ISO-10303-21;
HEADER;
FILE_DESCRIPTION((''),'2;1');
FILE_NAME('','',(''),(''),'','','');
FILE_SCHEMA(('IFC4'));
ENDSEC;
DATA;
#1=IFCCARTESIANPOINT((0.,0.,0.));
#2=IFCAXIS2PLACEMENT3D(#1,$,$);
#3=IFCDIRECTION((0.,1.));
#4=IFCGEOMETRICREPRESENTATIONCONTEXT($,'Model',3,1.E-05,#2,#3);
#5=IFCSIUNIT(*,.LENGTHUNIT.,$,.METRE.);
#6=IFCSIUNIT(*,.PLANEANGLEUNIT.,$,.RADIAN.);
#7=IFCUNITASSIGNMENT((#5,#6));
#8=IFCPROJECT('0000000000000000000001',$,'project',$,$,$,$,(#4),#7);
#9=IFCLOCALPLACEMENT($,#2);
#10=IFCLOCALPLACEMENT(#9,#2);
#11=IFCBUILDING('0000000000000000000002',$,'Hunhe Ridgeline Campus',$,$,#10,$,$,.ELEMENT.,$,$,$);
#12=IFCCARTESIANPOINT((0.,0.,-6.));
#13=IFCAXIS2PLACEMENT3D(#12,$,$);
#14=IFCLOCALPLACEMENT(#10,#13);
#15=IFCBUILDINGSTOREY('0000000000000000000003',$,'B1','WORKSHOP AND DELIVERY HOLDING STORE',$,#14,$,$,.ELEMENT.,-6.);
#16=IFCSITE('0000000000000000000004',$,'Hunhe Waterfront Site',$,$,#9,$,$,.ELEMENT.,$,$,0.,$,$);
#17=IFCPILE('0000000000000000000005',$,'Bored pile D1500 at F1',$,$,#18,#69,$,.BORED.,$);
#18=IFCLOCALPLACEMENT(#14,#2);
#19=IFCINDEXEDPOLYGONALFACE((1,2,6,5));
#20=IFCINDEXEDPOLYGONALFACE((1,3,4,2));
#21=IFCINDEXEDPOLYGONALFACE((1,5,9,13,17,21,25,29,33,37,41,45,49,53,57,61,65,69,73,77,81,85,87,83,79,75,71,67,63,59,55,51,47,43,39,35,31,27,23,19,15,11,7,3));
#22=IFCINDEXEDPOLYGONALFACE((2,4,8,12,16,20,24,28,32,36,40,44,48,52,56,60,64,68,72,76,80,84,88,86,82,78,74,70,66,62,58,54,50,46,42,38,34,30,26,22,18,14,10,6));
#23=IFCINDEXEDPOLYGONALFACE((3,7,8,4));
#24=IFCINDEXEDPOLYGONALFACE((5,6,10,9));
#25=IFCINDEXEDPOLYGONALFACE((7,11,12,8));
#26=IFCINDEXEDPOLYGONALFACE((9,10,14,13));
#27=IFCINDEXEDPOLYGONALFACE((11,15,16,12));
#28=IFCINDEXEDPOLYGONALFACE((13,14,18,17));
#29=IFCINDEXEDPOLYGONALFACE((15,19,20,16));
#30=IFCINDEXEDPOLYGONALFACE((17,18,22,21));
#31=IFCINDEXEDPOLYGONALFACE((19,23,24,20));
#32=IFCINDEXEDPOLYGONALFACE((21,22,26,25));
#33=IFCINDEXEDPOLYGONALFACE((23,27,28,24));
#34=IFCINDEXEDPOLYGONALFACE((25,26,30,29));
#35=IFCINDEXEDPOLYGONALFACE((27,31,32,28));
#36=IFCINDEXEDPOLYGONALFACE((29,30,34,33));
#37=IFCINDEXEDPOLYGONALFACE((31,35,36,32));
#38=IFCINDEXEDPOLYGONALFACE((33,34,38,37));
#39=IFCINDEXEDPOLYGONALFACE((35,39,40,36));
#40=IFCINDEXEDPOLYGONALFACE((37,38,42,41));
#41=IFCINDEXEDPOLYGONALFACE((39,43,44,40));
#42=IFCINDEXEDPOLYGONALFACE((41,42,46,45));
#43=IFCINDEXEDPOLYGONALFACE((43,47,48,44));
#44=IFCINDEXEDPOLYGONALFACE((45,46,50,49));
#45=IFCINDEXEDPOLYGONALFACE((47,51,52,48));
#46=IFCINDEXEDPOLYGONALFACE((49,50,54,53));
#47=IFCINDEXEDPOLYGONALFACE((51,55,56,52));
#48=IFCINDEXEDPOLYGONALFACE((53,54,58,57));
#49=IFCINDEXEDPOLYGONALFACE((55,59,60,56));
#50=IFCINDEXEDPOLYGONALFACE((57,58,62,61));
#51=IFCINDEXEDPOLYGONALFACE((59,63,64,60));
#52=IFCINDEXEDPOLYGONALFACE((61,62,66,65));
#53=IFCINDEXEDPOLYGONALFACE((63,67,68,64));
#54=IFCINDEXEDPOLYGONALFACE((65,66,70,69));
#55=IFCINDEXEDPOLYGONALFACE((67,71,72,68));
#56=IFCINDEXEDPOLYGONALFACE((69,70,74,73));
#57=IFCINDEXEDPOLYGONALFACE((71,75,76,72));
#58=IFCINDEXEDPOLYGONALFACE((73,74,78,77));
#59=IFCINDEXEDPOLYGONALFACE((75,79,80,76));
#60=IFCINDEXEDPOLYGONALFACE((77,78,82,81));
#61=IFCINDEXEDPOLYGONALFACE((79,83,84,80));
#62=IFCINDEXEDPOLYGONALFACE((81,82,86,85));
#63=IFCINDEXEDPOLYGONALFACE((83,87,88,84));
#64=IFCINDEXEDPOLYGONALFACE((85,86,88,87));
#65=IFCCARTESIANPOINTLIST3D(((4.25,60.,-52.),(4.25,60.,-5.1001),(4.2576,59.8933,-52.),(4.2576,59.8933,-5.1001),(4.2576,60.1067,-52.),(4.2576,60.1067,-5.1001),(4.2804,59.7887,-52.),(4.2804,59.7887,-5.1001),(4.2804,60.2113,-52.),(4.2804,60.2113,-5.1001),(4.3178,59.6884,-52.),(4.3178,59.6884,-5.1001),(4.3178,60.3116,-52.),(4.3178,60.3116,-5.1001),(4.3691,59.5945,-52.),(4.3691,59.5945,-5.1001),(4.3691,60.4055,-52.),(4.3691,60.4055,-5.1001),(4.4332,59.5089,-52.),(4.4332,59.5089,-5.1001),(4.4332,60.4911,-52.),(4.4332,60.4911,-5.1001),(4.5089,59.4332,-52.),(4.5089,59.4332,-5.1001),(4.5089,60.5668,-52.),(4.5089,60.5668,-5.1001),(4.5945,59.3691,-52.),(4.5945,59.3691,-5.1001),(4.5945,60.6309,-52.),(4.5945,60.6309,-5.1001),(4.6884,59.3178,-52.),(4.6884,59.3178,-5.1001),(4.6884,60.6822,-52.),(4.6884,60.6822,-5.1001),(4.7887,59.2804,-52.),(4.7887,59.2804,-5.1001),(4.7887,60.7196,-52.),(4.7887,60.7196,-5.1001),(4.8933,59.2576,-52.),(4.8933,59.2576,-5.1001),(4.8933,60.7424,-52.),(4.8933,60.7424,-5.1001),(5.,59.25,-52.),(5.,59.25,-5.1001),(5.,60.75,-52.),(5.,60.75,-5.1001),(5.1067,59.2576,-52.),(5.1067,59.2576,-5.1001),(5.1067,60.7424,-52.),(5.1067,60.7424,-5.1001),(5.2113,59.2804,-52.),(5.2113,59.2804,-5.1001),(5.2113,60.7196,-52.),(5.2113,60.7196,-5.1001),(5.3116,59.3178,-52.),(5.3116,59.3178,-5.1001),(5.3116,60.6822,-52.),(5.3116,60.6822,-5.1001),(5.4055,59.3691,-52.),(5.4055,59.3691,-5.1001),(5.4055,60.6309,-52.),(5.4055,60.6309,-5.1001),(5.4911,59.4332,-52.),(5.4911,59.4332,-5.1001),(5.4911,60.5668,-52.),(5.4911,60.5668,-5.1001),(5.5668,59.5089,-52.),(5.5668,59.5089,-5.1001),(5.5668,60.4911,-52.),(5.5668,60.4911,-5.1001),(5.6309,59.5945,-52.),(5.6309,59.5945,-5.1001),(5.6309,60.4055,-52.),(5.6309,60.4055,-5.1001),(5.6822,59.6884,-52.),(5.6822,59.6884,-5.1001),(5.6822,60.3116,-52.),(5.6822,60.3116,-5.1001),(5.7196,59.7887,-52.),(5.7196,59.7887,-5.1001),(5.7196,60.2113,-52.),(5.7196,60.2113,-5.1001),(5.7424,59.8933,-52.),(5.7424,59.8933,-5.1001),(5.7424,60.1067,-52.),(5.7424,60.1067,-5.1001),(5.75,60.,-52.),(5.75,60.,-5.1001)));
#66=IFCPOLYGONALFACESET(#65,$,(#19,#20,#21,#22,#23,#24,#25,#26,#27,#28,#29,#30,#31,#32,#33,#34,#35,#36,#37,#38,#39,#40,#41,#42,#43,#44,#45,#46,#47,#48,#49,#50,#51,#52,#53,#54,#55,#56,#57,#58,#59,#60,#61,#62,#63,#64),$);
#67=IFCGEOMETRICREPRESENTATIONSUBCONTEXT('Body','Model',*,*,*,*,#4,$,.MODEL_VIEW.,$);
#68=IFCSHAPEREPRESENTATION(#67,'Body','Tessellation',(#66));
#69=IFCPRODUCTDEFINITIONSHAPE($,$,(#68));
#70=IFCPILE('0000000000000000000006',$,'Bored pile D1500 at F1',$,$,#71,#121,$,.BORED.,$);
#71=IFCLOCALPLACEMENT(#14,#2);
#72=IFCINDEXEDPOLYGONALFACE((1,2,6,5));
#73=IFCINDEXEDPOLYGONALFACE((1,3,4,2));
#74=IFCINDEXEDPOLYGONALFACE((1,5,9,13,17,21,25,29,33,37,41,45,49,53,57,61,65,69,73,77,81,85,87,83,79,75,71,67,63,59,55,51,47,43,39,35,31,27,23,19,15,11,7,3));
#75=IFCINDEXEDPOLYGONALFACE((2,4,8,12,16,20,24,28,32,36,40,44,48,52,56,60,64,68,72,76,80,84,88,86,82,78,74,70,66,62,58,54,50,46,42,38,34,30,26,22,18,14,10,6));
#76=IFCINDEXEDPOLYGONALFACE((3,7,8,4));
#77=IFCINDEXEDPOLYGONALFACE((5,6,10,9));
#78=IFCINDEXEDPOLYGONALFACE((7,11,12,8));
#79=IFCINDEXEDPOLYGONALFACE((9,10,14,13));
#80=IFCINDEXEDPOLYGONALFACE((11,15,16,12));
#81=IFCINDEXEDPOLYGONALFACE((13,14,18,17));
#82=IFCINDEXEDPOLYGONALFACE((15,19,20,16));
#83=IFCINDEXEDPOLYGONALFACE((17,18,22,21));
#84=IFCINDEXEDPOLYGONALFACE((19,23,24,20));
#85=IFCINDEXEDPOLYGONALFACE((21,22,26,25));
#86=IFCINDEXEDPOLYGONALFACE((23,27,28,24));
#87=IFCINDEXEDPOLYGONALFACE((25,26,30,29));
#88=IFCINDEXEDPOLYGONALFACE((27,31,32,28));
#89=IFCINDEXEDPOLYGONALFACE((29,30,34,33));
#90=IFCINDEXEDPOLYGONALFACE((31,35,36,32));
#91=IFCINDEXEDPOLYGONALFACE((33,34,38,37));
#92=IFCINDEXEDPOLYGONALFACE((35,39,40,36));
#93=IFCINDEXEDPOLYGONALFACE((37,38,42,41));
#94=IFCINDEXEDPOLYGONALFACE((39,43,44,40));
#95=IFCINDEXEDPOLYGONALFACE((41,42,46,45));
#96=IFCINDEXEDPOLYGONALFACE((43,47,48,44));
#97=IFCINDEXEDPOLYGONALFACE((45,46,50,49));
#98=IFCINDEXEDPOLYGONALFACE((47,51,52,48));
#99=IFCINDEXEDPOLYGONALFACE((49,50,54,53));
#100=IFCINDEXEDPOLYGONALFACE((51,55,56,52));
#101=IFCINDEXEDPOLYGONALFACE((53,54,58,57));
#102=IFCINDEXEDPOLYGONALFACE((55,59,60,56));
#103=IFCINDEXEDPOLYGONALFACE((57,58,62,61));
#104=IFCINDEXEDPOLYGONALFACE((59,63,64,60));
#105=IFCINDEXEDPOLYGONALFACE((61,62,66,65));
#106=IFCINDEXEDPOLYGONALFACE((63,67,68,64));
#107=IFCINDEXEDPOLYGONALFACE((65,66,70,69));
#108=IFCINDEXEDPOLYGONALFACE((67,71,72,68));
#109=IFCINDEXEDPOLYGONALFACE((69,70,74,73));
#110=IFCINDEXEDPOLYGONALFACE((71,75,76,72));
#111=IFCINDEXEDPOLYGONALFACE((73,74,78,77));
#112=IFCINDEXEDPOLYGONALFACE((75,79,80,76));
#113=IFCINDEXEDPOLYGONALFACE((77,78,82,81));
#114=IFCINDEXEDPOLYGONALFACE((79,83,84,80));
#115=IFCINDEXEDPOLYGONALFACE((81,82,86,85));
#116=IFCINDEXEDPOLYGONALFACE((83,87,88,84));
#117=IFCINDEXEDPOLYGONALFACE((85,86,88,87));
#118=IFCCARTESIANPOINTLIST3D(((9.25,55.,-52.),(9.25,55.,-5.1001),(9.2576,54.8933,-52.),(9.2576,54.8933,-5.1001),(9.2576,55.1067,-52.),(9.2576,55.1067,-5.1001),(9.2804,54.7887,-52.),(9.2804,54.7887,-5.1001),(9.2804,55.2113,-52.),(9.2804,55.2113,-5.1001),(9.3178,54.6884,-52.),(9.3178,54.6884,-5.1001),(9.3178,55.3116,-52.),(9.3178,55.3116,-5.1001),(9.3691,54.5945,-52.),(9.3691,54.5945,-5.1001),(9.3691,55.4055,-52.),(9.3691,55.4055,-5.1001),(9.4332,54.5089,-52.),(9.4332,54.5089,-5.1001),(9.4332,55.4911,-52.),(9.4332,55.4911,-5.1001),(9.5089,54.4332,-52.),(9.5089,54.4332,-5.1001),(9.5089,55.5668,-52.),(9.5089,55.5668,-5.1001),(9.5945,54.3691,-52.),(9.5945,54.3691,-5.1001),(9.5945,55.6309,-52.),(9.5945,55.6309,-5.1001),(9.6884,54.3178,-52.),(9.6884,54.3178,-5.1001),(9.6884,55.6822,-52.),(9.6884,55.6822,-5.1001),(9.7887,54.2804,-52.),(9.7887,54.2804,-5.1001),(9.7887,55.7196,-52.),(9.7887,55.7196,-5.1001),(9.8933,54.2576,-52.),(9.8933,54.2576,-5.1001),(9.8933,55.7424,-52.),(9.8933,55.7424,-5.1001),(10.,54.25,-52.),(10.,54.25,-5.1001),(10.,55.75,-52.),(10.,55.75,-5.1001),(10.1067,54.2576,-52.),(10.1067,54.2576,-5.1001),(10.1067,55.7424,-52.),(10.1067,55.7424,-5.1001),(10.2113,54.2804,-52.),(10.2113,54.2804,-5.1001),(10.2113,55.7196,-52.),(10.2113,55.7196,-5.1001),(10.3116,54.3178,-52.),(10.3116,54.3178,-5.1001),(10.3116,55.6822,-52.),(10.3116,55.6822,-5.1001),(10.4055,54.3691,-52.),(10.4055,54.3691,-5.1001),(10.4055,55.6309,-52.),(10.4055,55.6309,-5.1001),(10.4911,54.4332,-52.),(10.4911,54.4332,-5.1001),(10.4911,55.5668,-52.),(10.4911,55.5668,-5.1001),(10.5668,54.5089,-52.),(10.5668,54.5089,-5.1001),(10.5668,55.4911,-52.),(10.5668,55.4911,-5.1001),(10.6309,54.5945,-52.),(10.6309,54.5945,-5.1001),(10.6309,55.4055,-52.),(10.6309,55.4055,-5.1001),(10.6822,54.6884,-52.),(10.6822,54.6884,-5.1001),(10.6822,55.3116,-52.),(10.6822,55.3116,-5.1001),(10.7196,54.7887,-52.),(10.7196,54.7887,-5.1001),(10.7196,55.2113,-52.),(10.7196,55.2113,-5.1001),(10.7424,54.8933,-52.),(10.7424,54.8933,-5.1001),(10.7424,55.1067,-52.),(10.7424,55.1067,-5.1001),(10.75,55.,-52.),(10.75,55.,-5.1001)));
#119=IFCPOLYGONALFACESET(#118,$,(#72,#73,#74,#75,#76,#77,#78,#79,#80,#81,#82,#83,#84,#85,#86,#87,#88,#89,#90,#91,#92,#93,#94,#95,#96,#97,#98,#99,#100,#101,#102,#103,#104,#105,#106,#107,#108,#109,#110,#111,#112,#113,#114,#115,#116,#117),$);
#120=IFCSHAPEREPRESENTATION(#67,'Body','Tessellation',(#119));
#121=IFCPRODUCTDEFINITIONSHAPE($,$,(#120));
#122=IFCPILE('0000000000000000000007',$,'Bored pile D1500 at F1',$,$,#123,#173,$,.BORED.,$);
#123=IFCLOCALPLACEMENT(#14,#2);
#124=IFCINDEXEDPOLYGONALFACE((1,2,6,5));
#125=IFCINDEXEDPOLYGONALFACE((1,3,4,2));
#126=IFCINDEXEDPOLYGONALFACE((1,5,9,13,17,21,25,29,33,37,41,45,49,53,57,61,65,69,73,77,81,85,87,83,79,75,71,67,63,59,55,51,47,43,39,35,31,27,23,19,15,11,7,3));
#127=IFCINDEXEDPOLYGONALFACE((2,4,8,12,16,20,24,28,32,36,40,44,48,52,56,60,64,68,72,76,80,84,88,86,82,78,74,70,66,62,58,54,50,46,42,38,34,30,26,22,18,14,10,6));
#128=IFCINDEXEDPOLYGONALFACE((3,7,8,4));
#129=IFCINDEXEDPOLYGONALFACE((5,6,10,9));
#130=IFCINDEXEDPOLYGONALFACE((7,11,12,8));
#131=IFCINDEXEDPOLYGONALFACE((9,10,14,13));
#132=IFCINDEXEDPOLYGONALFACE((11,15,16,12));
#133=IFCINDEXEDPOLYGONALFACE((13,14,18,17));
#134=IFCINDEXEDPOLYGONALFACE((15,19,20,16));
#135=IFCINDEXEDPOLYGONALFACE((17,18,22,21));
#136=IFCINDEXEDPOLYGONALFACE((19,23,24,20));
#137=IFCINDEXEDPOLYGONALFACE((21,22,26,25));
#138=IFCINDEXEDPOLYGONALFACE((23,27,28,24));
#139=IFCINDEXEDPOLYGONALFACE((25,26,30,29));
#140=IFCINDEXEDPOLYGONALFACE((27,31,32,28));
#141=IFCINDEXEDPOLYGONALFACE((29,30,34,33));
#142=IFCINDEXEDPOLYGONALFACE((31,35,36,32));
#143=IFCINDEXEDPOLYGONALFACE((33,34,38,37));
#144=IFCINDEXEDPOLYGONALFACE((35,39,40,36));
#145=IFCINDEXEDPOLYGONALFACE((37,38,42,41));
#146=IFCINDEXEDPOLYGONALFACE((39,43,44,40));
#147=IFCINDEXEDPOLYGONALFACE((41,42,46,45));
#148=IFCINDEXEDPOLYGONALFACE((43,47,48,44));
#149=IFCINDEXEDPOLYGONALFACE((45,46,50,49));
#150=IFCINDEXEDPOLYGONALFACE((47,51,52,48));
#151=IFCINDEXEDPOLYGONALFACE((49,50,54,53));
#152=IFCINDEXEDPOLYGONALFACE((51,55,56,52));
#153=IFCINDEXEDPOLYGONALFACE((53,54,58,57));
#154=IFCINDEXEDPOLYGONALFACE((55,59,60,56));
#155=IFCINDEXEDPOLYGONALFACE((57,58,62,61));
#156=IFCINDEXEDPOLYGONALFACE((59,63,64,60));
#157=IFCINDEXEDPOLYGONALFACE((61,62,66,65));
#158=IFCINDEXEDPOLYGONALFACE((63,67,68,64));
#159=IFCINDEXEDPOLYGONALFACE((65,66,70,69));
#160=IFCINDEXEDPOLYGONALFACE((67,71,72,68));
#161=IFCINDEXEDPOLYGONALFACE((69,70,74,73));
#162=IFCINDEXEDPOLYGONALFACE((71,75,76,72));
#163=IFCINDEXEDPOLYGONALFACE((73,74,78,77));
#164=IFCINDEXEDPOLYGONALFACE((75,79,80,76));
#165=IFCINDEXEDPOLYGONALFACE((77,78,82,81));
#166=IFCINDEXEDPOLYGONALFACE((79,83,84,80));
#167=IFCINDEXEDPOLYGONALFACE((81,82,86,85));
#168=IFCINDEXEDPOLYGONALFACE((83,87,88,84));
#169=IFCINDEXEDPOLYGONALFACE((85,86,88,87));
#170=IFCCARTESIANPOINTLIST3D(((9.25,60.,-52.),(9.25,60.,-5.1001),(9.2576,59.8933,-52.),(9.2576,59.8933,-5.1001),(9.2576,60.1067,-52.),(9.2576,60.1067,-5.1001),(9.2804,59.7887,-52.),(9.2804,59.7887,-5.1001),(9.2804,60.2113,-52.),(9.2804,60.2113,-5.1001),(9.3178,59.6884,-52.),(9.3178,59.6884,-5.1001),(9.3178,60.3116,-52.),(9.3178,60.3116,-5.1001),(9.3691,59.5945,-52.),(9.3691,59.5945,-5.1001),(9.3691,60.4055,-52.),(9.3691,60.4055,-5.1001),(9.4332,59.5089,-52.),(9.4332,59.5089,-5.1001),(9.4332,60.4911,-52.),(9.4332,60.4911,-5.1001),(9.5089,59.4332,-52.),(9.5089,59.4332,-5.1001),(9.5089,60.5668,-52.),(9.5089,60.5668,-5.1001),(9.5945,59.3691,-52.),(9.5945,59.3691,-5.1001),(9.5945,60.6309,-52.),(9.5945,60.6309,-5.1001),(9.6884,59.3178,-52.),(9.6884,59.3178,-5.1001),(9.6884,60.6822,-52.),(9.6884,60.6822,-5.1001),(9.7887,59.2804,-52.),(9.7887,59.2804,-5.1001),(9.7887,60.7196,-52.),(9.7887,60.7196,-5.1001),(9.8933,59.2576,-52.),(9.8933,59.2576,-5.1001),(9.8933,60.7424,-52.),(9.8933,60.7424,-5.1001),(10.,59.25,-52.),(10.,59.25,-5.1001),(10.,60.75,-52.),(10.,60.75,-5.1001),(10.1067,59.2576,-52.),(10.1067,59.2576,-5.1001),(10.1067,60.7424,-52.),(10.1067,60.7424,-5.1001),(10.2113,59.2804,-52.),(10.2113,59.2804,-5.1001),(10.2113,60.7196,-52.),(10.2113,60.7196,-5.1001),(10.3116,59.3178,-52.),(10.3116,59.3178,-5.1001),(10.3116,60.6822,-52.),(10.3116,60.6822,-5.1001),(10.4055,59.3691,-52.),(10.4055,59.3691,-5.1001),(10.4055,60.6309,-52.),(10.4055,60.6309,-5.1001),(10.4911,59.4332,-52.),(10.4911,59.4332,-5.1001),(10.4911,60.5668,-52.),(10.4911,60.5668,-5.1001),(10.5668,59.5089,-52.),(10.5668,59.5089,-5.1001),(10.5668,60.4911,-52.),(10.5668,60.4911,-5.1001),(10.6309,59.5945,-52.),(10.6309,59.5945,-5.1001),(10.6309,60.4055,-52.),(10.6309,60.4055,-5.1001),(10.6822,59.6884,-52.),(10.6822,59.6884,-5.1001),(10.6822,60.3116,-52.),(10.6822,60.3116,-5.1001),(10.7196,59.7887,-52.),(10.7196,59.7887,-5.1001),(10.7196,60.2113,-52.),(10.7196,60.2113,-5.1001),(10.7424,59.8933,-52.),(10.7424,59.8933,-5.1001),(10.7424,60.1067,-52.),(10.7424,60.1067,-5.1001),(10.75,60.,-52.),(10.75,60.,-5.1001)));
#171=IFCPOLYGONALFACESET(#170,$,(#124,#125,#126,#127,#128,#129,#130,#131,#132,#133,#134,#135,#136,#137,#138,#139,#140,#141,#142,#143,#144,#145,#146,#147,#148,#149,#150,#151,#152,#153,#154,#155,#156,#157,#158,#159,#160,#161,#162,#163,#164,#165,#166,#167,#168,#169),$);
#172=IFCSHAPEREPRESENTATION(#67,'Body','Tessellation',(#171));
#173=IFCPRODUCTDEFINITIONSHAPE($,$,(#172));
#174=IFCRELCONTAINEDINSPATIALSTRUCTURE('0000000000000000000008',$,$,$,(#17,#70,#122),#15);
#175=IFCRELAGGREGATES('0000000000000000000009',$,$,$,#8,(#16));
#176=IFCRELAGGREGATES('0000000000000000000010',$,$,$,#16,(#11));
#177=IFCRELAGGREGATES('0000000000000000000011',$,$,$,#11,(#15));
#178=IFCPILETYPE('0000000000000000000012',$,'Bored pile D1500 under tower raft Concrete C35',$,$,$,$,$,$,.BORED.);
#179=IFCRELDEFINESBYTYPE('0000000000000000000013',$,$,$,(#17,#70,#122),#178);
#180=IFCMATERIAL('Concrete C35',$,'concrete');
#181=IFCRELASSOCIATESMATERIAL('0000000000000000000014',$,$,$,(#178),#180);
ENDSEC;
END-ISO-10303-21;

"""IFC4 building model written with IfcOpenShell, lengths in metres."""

from ifc_helpers import new_model, si_unit, direction, frame, origin, origin_2d, place, context, subcontext, project, spatial, circle, extrude, material, material_profile, profile_set, type_object, element, save


model = new_model("IFC4")

# Units and contexts
model_context = context("Model", 3, precision=1e-05, world=origin(), true_north=direction((0.0, 1.0)))
body_context = subcontext(model_context, "Body", "Model", "MODEL_VIEW")
ifc_project = project(units=[si_unit("LENGTHUNIT", "METRE"), si_unit("PLANEANGLEUNIT", "RADIAN")], contexts=[model_context])

# Site, building, storey
site_placement = place(None, origin())
site = spatial("IfcSite", under=ifc_project, at=site_placement, Name="Hunhe Waterfront Site", CompositionType="ELEMENT", RefElevation=0.0)
building_placement = place(site_placement, origin())
building = spatial("IfcBuilding", under=site, at=building_placement, Name="Hunhe Ridgeline Campus", CompositionType="ELEMENT")
storey_placement = place(building_placement, frame((0.0, 0.0, -6.0)))
storey = spatial("IfcBuildingStorey", under=building, at=storey_placement, Name="B1", Description="WORKSHOP AND DELIVERY HOLDING STORE", CompositionType="ELEMENT", Elevation=-6.0)

# Piles
ifc_material_1 = material(Name="Concrete C35", Category="concrete")
ifc_material_profile_1 = material_profile(ifc_material_1, circle(Radius=0.75, at=origin_2d()))
ifc_profile_set_1 = profile_set([ifc_material_profile_1], Name="Concrete C35")
pile_type = type_object("IfcPileType", Name="Bored pile D1500 under tower raft Concrete C35", PredefinedType="BORED", material=ifc_profile_set_1)
for number, where, z_axis, x_axis, name in (
    (1, (5.0, 60.0, -5.1001), (0.0, 0.0, -1.0), (1.0, 0.0, 0.0), "Bored pile D1500 at F1"),
    (2, (10.0, 55.0, -5.1001), (0.0, 0.0, -1.0), (1.0, 0.0, 0.0), "Bored pile D1500 at F1"),
    (3, (10.0, 60.0, -5.1001), (0.0, 0.0, -1.0), (1.0, 0.0, 0.0), "Bored pile D1500 at F1"),
):
    element("IfcPile", number, at=place(storey_placement, frame(where, z_axis=z_axis, x_axis=x_axis)), inside=storey, type_object=pile_type, Name=name, PredefinedType="BORED", context=body_context, shape_type="SweptSolid", body=[
        extrude(circle(Radius=0.75, at=origin_2d()), origin(), (0.0, 0.0, 1.0), 46.8999),
    ])

save(model, "model.ifc")
